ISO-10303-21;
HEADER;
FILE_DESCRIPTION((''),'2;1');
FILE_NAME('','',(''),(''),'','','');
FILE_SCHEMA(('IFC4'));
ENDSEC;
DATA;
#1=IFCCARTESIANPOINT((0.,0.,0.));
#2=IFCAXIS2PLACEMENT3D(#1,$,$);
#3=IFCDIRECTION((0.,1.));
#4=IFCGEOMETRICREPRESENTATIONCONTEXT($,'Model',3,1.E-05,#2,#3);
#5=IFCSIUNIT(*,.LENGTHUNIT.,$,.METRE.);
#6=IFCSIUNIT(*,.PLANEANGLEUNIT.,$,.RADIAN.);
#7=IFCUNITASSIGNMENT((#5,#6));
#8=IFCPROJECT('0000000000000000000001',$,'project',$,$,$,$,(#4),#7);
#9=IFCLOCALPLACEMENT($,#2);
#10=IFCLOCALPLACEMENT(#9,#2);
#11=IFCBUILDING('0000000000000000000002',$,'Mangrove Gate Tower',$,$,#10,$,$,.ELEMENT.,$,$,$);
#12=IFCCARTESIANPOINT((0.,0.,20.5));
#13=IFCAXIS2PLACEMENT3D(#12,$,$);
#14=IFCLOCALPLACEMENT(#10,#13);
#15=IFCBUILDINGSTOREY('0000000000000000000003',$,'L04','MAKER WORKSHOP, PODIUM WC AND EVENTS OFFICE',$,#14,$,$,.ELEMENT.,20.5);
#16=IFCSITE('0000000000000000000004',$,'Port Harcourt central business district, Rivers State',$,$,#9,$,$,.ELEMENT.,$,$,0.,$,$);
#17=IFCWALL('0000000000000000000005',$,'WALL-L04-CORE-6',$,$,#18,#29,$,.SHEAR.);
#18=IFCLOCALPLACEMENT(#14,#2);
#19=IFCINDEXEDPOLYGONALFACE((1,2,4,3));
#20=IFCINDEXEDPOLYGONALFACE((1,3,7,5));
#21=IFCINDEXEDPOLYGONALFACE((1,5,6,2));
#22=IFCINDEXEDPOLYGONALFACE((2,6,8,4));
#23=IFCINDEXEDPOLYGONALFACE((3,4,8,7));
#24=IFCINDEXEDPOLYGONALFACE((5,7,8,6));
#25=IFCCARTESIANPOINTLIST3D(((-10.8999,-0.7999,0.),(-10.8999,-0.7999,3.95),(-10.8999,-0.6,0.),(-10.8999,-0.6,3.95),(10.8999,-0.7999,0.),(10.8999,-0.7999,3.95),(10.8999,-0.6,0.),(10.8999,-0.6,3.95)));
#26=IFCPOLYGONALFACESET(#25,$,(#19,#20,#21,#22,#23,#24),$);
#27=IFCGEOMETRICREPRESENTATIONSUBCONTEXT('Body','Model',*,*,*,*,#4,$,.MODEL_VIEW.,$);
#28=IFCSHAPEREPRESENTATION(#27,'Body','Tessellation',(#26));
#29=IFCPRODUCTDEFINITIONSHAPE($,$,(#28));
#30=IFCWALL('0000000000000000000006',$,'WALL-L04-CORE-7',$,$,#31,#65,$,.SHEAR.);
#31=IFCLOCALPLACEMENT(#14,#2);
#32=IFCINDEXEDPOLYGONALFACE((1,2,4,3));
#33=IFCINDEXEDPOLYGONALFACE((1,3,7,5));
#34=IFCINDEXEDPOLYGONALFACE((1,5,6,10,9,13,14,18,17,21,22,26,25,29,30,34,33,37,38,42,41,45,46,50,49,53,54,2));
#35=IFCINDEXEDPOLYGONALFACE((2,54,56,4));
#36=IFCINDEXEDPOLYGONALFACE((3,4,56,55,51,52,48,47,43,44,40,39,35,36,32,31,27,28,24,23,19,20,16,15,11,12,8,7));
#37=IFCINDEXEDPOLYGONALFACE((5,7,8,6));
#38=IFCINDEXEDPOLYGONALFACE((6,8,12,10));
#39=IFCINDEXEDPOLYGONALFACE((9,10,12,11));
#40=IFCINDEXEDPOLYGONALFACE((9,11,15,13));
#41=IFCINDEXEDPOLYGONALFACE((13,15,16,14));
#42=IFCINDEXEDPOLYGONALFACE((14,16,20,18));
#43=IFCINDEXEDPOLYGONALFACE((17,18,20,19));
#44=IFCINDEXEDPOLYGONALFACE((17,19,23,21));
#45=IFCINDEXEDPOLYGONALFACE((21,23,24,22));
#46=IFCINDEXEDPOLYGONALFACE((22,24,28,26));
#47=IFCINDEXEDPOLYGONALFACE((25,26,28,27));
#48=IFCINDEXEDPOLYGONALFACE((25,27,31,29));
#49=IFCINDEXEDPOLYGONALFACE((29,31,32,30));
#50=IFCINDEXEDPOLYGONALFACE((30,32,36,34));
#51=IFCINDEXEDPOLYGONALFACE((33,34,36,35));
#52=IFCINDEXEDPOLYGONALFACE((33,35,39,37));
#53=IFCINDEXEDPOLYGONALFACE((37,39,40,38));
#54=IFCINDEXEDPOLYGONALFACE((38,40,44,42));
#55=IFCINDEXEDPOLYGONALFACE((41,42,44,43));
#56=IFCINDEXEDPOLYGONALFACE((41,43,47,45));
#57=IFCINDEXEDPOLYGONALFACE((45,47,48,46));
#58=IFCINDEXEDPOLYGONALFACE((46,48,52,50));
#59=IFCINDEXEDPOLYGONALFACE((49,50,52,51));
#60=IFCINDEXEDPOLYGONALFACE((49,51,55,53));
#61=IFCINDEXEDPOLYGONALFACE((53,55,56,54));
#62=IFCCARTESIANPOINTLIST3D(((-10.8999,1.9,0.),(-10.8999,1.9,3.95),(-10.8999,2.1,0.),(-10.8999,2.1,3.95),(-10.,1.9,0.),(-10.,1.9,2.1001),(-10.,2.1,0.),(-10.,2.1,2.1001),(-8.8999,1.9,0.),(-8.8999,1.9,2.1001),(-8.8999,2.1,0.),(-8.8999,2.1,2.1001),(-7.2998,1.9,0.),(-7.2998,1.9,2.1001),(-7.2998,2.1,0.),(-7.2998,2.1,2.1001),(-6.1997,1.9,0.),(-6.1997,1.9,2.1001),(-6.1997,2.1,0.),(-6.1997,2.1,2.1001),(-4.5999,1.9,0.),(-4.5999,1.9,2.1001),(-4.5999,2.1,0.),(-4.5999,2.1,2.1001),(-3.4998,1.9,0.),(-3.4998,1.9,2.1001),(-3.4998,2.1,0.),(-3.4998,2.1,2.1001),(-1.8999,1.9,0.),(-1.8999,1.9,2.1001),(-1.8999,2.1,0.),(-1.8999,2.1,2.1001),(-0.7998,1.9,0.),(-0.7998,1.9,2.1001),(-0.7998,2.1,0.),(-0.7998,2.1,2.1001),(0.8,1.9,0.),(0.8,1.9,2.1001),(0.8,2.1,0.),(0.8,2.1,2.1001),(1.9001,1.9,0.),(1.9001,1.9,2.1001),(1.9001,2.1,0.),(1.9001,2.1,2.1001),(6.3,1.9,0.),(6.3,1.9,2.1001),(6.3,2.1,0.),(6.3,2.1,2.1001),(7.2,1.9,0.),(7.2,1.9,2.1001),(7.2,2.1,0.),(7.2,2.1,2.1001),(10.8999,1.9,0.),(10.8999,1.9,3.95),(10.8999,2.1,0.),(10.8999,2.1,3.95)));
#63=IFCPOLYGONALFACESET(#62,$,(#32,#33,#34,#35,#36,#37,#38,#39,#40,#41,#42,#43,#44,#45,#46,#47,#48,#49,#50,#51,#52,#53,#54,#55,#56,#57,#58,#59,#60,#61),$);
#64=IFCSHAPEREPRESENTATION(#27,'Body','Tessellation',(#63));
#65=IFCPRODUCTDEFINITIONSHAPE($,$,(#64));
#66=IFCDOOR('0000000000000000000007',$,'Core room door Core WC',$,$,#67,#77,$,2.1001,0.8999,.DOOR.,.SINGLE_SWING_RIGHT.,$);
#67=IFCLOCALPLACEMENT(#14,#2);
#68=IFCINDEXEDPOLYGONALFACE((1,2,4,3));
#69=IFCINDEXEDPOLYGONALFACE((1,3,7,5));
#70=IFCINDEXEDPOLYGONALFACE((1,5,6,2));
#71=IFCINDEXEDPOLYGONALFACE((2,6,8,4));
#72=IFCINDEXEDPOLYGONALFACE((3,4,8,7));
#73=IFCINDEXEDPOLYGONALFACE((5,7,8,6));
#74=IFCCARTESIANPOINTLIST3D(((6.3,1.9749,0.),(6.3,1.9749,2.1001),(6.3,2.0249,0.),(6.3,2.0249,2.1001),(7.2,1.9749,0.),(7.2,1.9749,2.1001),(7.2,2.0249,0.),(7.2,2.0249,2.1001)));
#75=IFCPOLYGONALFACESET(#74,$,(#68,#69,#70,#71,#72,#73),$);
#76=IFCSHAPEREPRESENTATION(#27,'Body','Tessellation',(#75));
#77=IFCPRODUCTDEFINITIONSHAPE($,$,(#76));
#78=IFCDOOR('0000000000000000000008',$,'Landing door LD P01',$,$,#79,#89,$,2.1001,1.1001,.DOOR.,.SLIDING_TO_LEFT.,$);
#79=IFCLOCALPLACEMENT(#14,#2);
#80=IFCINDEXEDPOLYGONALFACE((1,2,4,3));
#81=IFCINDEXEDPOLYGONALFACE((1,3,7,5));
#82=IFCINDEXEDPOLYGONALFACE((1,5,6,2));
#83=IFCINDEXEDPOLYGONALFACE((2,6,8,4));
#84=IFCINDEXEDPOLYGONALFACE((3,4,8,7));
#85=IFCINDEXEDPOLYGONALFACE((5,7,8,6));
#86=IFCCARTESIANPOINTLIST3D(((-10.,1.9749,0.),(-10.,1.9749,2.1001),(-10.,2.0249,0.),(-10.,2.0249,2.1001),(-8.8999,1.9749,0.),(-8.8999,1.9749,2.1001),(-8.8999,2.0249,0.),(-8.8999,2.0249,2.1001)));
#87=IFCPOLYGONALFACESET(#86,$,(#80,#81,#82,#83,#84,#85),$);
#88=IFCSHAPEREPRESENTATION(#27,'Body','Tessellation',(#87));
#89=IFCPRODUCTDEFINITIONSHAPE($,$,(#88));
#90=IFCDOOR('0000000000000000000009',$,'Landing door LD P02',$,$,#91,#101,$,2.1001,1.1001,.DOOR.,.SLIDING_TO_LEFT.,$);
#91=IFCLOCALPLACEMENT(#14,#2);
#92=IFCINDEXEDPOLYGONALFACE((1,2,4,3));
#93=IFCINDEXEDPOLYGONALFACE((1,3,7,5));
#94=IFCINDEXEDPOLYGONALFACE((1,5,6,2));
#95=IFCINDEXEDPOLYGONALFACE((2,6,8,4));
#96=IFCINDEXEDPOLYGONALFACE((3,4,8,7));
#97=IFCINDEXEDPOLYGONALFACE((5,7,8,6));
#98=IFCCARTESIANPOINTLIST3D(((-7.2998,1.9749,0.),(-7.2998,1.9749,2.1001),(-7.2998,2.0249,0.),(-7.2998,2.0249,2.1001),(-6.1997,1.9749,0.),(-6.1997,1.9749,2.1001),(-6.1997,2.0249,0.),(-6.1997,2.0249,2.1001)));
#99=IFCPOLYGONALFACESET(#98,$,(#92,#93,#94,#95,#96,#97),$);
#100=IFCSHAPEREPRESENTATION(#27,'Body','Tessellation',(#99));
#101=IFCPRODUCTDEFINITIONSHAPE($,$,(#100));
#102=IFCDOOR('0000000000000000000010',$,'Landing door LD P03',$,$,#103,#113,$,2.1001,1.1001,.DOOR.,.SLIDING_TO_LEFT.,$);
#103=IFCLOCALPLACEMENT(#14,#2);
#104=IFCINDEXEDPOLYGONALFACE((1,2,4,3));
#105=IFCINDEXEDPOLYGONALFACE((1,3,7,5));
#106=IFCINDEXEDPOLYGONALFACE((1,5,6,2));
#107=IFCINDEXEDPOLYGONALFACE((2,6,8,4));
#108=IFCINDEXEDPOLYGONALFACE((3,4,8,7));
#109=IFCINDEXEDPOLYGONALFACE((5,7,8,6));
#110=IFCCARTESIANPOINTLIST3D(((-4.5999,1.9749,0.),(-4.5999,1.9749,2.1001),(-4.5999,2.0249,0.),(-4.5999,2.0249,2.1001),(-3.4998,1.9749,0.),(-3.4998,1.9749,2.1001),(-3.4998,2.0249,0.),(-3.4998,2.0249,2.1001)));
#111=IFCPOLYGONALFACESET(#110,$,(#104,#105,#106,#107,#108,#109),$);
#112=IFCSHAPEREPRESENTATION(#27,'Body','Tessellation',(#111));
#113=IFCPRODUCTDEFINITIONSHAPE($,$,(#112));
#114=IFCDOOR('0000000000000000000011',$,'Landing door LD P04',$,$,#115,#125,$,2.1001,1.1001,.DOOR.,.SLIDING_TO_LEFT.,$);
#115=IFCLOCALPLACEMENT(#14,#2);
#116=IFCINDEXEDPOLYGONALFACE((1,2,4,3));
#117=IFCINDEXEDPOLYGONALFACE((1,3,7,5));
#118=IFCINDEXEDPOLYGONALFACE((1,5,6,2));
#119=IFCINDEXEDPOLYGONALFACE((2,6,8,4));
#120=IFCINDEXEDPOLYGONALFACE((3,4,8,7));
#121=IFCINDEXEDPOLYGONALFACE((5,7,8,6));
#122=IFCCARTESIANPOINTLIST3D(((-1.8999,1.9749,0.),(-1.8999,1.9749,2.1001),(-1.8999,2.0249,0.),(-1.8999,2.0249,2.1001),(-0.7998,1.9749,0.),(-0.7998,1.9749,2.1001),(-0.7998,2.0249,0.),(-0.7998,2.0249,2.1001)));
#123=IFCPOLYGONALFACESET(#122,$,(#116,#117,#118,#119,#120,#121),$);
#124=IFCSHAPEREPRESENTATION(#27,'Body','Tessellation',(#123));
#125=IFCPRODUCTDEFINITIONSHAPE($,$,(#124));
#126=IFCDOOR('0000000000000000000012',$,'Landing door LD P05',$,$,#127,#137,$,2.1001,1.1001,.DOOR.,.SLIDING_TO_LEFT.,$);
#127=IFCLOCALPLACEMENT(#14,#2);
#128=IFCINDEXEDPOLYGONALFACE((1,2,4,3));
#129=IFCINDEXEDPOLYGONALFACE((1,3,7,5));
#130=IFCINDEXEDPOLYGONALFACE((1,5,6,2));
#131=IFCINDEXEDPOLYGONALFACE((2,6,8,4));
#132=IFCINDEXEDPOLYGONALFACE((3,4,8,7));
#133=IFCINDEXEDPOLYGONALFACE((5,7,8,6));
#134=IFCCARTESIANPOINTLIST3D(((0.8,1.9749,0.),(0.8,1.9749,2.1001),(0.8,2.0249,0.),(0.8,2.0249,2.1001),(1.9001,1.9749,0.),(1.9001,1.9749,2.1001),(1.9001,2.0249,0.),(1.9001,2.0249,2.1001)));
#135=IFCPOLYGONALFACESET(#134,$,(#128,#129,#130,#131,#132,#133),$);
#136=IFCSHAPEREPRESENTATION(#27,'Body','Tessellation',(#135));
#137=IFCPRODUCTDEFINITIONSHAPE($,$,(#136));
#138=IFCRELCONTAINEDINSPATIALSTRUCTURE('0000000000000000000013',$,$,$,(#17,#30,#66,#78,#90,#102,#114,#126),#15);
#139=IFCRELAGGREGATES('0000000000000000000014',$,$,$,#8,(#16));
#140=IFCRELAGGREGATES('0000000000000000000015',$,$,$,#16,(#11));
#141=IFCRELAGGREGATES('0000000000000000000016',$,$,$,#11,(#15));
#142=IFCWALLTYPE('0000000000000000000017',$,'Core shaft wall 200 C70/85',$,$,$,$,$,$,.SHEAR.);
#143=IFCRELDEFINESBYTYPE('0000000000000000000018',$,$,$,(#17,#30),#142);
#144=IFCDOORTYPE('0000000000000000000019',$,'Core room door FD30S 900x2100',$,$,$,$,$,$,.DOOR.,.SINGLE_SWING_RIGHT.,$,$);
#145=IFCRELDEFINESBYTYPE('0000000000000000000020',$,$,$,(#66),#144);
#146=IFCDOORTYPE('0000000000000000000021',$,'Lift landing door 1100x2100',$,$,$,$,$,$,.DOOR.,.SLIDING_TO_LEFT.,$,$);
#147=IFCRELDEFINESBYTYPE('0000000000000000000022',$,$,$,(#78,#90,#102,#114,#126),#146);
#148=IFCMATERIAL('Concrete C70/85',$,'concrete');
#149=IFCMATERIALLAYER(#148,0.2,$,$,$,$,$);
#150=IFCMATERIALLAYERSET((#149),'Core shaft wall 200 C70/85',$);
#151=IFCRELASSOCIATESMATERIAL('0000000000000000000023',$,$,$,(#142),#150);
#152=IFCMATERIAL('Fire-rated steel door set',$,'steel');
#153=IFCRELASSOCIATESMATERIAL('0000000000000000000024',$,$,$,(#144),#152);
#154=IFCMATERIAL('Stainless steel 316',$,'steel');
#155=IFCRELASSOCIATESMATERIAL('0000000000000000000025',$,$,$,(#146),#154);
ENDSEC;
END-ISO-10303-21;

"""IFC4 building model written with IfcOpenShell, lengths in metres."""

from ifc_helpers import new_model, si_unit, direction, frame, frame_2d, origin, place, context, subcontext, project, spatial, rectangle, extrude, material, layer, layer_set, type_object, element, fill, save


model = new_model("IFC4")

# Units and contexts
model_context = context("Model", 3, precision=1e-05, world=origin(), true_north=direction((0.0, 1.0)))
body_context = subcontext(model_context, "Body", "Model", "MODEL_VIEW")
ifc_project = project(units=[si_unit("LENGTHUNIT", "METRE"), si_unit("PLANEANGLEUNIT", "RADIAN")], contexts=[model_context])

# Site, building, storey
site_placement = place(None, origin())
site = spatial("IfcSite", under=ifc_project, at=site_placement, Name="Port Harcourt central business district, Rivers State", CompositionType="ELEMENT", RefElevation=0.0)
building_placement = place(site_placement, origin())
building = spatial("IfcBuilding", under=site, at=building_placement, Name="Mangrove Gate Tower", CompositionType="ELEMENT")
storey_placement = place(building_placement, frame((0.0, 0.0, 20.5)))
storey = spatial("IfcBuildingStorey", under=building, at=storey_placement, Name="L04", Description="MAKER WORKSHOP, PODIUM WC AND EVENTS OFFICE", CompositionType="ELEMENT", Elevation=20.5)

# Wall
ifc_material_1 = material(Name="Concrete C70/85", Category="concrete")
ifc_layer = layer(ifc_material_1, 0.2)
ifc_layer_set = layer_set([ifc_layer], Name="Core shaft wall 200 C70/85")
wall_type = type_object("IfcWallType", Name="Core shaft wall 200 C70/85", PredefinedType="SHEAR", material=ifc_layer_set)
wall_1_placement = place(storey_placement, frame((-10.8999, -0.7, 0.0), z_axis=(0.0, 0.0, 1.0), x_axis=(1.0, 0.0, 0.0)))
element("IfcWall", 1, at=wall_1_placement, inside=storey, type_object=wall_type, Name="WALL-L04-CORE-6", PredefinedType="SHEAR", context=body_context, shape_type="SweptSolid", body=[
    extrude(rectangle(XDim=21.7998, YDim=0.2, at=frame_2d((10.8999, 0.0))), origin(), (0.0, 0.0, 1.0), 3.95),
])

# Wall, openings, doors
wall_2_placement = place(storey_placement, frame((-10.8999, 2.0, 0.0), z_axis=(0.0, 0.0, 1.0), x_axis=(1.0, 0.0, 0.0)))
wall_2 = element("IfcWall", 2, at=wall_2_placement, inside=storey, type_object=wall_type, Name="WALL-L04-CORE-7", PredefinedType="SHEAR", context=body_context, shape_type="SweptSolid", body=[
    extrude(rectangle(XDim=21.7998, YDim=0.2, at=frame_2d((10.8999, 0.0))), origin(), (0.0, 0.0, 1.0), 3.95),
])
opening_1_placement = place(wall_2_placement, frame((0.8999, 0.0, 0.0)))
opening_1 = element("IfcOpeningElement", 3, at=opening_1_placement, cuts=wall_2, PredefinedType="OPENING", context=body_context, shape_type="SweptSolid", body=[
    extrude(rectangle(XDim=1.1001, YDim=2.1001, at=frame_2d((0.55, 1.05))), frame((0.0, 0.1099, 0.0), z_axis=(0.0, -1.0, 0.0), x_axis=(1.0, 0.0, 0.0)), (0.0, 0.0, 1.0), 0.22),
])
opening_2_placement = place(wall_2_placement, frame((3.6001, 0.0, 0.0)))
opening_2 = element("IfcOpeningElement", 4, at=opening_2_placement, cuts=wall_2, PredefinedType="OPENING", context=body_context, shape_type="SweptSolid", body=[
    extrude(rectangle(XDim=1.1001, YDim=2.1001, at=frame_2d((0.55, 1.05))), frame((0.0, 0.1099, 0.0), z_axis=(0.0, -1.0, 0.0), x_axis=(1.0, 0.0, 0.0)), (0.0, 0.0, 1.0), 0.22),
])
opening_3_placement = place(wall_2_placement, frame((6.3, 0.0, 0.0)))
opening_3 = element("IfcOpeningElement", 5, at=opening_3_placement, cuts=wall_2, PredefinedType="OPENING", context=body_context, shape_type="SweptSolid", body=[
    extrude(rectangle(XDim=1.1001, YDim=2.1001, at=frame_2d((0.55, 1.05))), frame((0.0, 0.1099, 0.0), z_axis=(0.0, -1.0, 0.0), x_axis=(1.0, 0.0, 0.0)), (0.0, 0.0, 1.0), 0.22),
])
opening_4_placement = place(wall_2_placement, frame((9.0, 0.0, 0.0)))
opening_4 = element("IfcOpeningElement", 6, at=opening_4_placement, cuts=wall_2, PredefinedType="OPENING", context=body_context, shape_type="SweptSolid", body=[
    extrude(rectangle(XDim=1.1001, YDim=2.1001, at=frame_2d((0.55, 1.05))), frame((0.0, 0.1099, 0.0), z_axis=(0.0, -1.0, 0.0), x_axis=(1.0, 0.0, 0.0)), (0.0, 0.0, 1.0), 0.22),
])
opening_5_placement = place(wall_2_placement, frame((11.7, 0.0, 0.0)))
opening_5 = element("IfcOpeningElement", 7, at=opening_5_placement, cuts=wall_2, PredefinedType="OPENING", context=body_context, shape_type="SweptSolid", body=[
    extrude(rectangle(XDim=1.1001, YDim=2.1001, at=frame_2d((0.55, 1.05))), frame((0.0, 0.1099, 0.0), z_axis=(0.0, -1.0, 0.0), x_axis=(1.0, 0.0, 0.0)), (0.0, 0.0, 1.0), 0.22),
])
opening_6_placement = place(wall_2_placement, frame((17.2, 0.0, 0.0)))
opening_6 = element("IfcOpeningElement", 8, at=opening_6_placement, cuts=wall_2, PredefinedType="OPENING", context=body_context, shape_type="SweptSolid", body=[
    extrude(rectangle(XDim=0.8999, YDim=2.1001, at=frame_2d((0.45, 1.05))), frame((0.0, 0.1099, 0.0), z_axis=(0.0, -1.0, 0.0), x_axis=(1.0, 0.0, 0.0)), (0.0, 0.0, 1.0), 0.22),
])
ifc_material_2 = material(Name="Fire-rated steel door set", Category="steel")
door_type_1 = type_object("IfcDoorType", Name="Core room door FD30S 900x2100", OperationType="SINGLE_SWING_RIGHT", PredefinedType="DOOR", material=ifc_material_2)
door_1_placement = place(opening_6_placement, origin())
door_1 = element("IfcDoor", 9, at=door_1_placement, inside=storey, type_object=door_type_1, Name="Core room door Core WC", OperationType="SINGLE_SWING_RIGHT", OverallHeight=2.1001, OverallWidth=0.8999, PredefinedType="DOOR", context=body_context, shape_type="SweptSolid", body=[
    extrude(rectangle(XDim=0.8999, YDim=2.1001, at=frame_2d((0.45, 1.05))), frame((0.0, 0.0249, 0.0), z_axis=(0.0, -1.0, 0.0), x_axis=(1.0, 0.0, 0.0)), (0.0, 0.0, 1.0), 0.05),
])
fill(opening_6, door_1)
ifc_material_3 = material(Name="Stainless steel 316", Category="steel")
door_type_2 = type_object("IfcDoorType", Name="Lift landing door 1100x2100", OperationType="SLIDING_TO_LEFT", PredefinedType="DOOR", material=ifc_material_3)
door_2_placement = place(opening_1_placement, origin())
door_2 = element("IfcDoor", 10, at=door_2_placement, inside=storey, type_object=door_type_2, Name="Landing door LD P01", OperationType="SLIDING_TO_LEFT", OverallHeight=2.1001, OverallWidth=1.1001, PredefinedType="DOOR", context=body_context, shape_type="SweptSolid", body=[
    extrude(rectangle(XDim=1.1001, YDim=2.1001, at=frame_2d((0.55, 1.05))), frame((0.0, 0.0249, 0.0), z_axis=(0.0, -1.0, 0.0), x_axis=(1.0, 0.0, 0.0)), (0.0, 0.0, 1.0), 0.05),
])
fill(opening_1, door_2)
door_3_placement = place(opening_2_placement, origin())
door_3 = element("IfcDoor", 11, at=door_3_placement, inside=storey, type_object=door_type_2, Name="Landing door LD P02", OperationType="SLIDING_TO_LEFT", OverallHeight=2.1001, OverallWidth=1.1001, PredefinedType="DOOR", context=body_context, shape_type="SweptSolid", body=[
    extrude(rectangle(XDim=1.1001, YDim=2.1001, at=frame_2d((0.55, 1.05))), frame((0.0, 0.0249, 0.0), z_axis=(0.0, -1.0, 0.0), x_axis=(1.0, 0.0, 0.0)), (0.0, 0.0, 1.0), 0.05),
])
fill(opening_2, door_3)
door_4_placement = place(opening_3_placement, origin())
door_4 = element("IfcDoor", 12, at=door_4_placement, inside=storey, type_object=door_type_2, Name="Landing door LD P03", OperationType="SLIDING_TO_LEFT", OverallHeight=2.1001, OverallWidth=1.1001, PredefinedType="DOOR", context=body_context, shape_type="SweptSolid", body=[
    extrude(rectangle(XDim=1.1001, YDim=2.1001, at=frame_2d((0.55, 1.05))), frame((0.0, 0.0249, 0.0), z_axis=(0.0, -1.0, 0.0), x_axis=(1.0, 0.0, 0.0)), (0.0, 0.0, 1.0), 0.05),
])
fill(opening_3, door_4)
door_5_placement = place(opening_4_placement, origin())
door_5 = element("IfcDoor", 13, at=door_5_placement, inside=storey, type_object=door_type_2, Name="Landing door LD P04", OperationType="SLIDING_TO_LEFT", OverallHeight=2.1001, OverallWidth=1.1001, PredefinedType="DOOR", context=body_context, shape_type="SweptSolid", body=[
    extrude(rectangle(XDim=1.1001, YDim=2.1001, at=frame_2d((0.55, 1.05))), frame((0.0, 0.0249, 0.0), z_axis=(0.0, -1.0, 0.0), x_axis=(1.0, 0.0, 0.0)), (0.0, 0.0, 1.0), 0.05),
])
fill(opening_4, door_5)
door_6_placement = place(opening_5_placement, origin())
door_6 = element("IfcDoor", 14, at=door_6_placement, inside=storey, type_object=door_type_2, Name="Landing door LD P05", OperationType="SLIDING_TO_LEFT", OverallHeight=2.1001, OverallWidth=1.1001, PredefinedType="DOOR", context=body_context, shape_type="SweptSolid", body=[
    extrude(rectangle(XDim=1.1001, YDim=2.1001, at=frame_2d((0.55, 1.05))), frame((0.0, 0.0249, 0.0), z_axis=(0.0, -1.0, 0.0), x_axis=(1.0, 0.0, 0.0)), (0.0, 0.0, 1.0), 0.05),
])
fill(opening_5, door_6)

save(model, "model.ifc")
